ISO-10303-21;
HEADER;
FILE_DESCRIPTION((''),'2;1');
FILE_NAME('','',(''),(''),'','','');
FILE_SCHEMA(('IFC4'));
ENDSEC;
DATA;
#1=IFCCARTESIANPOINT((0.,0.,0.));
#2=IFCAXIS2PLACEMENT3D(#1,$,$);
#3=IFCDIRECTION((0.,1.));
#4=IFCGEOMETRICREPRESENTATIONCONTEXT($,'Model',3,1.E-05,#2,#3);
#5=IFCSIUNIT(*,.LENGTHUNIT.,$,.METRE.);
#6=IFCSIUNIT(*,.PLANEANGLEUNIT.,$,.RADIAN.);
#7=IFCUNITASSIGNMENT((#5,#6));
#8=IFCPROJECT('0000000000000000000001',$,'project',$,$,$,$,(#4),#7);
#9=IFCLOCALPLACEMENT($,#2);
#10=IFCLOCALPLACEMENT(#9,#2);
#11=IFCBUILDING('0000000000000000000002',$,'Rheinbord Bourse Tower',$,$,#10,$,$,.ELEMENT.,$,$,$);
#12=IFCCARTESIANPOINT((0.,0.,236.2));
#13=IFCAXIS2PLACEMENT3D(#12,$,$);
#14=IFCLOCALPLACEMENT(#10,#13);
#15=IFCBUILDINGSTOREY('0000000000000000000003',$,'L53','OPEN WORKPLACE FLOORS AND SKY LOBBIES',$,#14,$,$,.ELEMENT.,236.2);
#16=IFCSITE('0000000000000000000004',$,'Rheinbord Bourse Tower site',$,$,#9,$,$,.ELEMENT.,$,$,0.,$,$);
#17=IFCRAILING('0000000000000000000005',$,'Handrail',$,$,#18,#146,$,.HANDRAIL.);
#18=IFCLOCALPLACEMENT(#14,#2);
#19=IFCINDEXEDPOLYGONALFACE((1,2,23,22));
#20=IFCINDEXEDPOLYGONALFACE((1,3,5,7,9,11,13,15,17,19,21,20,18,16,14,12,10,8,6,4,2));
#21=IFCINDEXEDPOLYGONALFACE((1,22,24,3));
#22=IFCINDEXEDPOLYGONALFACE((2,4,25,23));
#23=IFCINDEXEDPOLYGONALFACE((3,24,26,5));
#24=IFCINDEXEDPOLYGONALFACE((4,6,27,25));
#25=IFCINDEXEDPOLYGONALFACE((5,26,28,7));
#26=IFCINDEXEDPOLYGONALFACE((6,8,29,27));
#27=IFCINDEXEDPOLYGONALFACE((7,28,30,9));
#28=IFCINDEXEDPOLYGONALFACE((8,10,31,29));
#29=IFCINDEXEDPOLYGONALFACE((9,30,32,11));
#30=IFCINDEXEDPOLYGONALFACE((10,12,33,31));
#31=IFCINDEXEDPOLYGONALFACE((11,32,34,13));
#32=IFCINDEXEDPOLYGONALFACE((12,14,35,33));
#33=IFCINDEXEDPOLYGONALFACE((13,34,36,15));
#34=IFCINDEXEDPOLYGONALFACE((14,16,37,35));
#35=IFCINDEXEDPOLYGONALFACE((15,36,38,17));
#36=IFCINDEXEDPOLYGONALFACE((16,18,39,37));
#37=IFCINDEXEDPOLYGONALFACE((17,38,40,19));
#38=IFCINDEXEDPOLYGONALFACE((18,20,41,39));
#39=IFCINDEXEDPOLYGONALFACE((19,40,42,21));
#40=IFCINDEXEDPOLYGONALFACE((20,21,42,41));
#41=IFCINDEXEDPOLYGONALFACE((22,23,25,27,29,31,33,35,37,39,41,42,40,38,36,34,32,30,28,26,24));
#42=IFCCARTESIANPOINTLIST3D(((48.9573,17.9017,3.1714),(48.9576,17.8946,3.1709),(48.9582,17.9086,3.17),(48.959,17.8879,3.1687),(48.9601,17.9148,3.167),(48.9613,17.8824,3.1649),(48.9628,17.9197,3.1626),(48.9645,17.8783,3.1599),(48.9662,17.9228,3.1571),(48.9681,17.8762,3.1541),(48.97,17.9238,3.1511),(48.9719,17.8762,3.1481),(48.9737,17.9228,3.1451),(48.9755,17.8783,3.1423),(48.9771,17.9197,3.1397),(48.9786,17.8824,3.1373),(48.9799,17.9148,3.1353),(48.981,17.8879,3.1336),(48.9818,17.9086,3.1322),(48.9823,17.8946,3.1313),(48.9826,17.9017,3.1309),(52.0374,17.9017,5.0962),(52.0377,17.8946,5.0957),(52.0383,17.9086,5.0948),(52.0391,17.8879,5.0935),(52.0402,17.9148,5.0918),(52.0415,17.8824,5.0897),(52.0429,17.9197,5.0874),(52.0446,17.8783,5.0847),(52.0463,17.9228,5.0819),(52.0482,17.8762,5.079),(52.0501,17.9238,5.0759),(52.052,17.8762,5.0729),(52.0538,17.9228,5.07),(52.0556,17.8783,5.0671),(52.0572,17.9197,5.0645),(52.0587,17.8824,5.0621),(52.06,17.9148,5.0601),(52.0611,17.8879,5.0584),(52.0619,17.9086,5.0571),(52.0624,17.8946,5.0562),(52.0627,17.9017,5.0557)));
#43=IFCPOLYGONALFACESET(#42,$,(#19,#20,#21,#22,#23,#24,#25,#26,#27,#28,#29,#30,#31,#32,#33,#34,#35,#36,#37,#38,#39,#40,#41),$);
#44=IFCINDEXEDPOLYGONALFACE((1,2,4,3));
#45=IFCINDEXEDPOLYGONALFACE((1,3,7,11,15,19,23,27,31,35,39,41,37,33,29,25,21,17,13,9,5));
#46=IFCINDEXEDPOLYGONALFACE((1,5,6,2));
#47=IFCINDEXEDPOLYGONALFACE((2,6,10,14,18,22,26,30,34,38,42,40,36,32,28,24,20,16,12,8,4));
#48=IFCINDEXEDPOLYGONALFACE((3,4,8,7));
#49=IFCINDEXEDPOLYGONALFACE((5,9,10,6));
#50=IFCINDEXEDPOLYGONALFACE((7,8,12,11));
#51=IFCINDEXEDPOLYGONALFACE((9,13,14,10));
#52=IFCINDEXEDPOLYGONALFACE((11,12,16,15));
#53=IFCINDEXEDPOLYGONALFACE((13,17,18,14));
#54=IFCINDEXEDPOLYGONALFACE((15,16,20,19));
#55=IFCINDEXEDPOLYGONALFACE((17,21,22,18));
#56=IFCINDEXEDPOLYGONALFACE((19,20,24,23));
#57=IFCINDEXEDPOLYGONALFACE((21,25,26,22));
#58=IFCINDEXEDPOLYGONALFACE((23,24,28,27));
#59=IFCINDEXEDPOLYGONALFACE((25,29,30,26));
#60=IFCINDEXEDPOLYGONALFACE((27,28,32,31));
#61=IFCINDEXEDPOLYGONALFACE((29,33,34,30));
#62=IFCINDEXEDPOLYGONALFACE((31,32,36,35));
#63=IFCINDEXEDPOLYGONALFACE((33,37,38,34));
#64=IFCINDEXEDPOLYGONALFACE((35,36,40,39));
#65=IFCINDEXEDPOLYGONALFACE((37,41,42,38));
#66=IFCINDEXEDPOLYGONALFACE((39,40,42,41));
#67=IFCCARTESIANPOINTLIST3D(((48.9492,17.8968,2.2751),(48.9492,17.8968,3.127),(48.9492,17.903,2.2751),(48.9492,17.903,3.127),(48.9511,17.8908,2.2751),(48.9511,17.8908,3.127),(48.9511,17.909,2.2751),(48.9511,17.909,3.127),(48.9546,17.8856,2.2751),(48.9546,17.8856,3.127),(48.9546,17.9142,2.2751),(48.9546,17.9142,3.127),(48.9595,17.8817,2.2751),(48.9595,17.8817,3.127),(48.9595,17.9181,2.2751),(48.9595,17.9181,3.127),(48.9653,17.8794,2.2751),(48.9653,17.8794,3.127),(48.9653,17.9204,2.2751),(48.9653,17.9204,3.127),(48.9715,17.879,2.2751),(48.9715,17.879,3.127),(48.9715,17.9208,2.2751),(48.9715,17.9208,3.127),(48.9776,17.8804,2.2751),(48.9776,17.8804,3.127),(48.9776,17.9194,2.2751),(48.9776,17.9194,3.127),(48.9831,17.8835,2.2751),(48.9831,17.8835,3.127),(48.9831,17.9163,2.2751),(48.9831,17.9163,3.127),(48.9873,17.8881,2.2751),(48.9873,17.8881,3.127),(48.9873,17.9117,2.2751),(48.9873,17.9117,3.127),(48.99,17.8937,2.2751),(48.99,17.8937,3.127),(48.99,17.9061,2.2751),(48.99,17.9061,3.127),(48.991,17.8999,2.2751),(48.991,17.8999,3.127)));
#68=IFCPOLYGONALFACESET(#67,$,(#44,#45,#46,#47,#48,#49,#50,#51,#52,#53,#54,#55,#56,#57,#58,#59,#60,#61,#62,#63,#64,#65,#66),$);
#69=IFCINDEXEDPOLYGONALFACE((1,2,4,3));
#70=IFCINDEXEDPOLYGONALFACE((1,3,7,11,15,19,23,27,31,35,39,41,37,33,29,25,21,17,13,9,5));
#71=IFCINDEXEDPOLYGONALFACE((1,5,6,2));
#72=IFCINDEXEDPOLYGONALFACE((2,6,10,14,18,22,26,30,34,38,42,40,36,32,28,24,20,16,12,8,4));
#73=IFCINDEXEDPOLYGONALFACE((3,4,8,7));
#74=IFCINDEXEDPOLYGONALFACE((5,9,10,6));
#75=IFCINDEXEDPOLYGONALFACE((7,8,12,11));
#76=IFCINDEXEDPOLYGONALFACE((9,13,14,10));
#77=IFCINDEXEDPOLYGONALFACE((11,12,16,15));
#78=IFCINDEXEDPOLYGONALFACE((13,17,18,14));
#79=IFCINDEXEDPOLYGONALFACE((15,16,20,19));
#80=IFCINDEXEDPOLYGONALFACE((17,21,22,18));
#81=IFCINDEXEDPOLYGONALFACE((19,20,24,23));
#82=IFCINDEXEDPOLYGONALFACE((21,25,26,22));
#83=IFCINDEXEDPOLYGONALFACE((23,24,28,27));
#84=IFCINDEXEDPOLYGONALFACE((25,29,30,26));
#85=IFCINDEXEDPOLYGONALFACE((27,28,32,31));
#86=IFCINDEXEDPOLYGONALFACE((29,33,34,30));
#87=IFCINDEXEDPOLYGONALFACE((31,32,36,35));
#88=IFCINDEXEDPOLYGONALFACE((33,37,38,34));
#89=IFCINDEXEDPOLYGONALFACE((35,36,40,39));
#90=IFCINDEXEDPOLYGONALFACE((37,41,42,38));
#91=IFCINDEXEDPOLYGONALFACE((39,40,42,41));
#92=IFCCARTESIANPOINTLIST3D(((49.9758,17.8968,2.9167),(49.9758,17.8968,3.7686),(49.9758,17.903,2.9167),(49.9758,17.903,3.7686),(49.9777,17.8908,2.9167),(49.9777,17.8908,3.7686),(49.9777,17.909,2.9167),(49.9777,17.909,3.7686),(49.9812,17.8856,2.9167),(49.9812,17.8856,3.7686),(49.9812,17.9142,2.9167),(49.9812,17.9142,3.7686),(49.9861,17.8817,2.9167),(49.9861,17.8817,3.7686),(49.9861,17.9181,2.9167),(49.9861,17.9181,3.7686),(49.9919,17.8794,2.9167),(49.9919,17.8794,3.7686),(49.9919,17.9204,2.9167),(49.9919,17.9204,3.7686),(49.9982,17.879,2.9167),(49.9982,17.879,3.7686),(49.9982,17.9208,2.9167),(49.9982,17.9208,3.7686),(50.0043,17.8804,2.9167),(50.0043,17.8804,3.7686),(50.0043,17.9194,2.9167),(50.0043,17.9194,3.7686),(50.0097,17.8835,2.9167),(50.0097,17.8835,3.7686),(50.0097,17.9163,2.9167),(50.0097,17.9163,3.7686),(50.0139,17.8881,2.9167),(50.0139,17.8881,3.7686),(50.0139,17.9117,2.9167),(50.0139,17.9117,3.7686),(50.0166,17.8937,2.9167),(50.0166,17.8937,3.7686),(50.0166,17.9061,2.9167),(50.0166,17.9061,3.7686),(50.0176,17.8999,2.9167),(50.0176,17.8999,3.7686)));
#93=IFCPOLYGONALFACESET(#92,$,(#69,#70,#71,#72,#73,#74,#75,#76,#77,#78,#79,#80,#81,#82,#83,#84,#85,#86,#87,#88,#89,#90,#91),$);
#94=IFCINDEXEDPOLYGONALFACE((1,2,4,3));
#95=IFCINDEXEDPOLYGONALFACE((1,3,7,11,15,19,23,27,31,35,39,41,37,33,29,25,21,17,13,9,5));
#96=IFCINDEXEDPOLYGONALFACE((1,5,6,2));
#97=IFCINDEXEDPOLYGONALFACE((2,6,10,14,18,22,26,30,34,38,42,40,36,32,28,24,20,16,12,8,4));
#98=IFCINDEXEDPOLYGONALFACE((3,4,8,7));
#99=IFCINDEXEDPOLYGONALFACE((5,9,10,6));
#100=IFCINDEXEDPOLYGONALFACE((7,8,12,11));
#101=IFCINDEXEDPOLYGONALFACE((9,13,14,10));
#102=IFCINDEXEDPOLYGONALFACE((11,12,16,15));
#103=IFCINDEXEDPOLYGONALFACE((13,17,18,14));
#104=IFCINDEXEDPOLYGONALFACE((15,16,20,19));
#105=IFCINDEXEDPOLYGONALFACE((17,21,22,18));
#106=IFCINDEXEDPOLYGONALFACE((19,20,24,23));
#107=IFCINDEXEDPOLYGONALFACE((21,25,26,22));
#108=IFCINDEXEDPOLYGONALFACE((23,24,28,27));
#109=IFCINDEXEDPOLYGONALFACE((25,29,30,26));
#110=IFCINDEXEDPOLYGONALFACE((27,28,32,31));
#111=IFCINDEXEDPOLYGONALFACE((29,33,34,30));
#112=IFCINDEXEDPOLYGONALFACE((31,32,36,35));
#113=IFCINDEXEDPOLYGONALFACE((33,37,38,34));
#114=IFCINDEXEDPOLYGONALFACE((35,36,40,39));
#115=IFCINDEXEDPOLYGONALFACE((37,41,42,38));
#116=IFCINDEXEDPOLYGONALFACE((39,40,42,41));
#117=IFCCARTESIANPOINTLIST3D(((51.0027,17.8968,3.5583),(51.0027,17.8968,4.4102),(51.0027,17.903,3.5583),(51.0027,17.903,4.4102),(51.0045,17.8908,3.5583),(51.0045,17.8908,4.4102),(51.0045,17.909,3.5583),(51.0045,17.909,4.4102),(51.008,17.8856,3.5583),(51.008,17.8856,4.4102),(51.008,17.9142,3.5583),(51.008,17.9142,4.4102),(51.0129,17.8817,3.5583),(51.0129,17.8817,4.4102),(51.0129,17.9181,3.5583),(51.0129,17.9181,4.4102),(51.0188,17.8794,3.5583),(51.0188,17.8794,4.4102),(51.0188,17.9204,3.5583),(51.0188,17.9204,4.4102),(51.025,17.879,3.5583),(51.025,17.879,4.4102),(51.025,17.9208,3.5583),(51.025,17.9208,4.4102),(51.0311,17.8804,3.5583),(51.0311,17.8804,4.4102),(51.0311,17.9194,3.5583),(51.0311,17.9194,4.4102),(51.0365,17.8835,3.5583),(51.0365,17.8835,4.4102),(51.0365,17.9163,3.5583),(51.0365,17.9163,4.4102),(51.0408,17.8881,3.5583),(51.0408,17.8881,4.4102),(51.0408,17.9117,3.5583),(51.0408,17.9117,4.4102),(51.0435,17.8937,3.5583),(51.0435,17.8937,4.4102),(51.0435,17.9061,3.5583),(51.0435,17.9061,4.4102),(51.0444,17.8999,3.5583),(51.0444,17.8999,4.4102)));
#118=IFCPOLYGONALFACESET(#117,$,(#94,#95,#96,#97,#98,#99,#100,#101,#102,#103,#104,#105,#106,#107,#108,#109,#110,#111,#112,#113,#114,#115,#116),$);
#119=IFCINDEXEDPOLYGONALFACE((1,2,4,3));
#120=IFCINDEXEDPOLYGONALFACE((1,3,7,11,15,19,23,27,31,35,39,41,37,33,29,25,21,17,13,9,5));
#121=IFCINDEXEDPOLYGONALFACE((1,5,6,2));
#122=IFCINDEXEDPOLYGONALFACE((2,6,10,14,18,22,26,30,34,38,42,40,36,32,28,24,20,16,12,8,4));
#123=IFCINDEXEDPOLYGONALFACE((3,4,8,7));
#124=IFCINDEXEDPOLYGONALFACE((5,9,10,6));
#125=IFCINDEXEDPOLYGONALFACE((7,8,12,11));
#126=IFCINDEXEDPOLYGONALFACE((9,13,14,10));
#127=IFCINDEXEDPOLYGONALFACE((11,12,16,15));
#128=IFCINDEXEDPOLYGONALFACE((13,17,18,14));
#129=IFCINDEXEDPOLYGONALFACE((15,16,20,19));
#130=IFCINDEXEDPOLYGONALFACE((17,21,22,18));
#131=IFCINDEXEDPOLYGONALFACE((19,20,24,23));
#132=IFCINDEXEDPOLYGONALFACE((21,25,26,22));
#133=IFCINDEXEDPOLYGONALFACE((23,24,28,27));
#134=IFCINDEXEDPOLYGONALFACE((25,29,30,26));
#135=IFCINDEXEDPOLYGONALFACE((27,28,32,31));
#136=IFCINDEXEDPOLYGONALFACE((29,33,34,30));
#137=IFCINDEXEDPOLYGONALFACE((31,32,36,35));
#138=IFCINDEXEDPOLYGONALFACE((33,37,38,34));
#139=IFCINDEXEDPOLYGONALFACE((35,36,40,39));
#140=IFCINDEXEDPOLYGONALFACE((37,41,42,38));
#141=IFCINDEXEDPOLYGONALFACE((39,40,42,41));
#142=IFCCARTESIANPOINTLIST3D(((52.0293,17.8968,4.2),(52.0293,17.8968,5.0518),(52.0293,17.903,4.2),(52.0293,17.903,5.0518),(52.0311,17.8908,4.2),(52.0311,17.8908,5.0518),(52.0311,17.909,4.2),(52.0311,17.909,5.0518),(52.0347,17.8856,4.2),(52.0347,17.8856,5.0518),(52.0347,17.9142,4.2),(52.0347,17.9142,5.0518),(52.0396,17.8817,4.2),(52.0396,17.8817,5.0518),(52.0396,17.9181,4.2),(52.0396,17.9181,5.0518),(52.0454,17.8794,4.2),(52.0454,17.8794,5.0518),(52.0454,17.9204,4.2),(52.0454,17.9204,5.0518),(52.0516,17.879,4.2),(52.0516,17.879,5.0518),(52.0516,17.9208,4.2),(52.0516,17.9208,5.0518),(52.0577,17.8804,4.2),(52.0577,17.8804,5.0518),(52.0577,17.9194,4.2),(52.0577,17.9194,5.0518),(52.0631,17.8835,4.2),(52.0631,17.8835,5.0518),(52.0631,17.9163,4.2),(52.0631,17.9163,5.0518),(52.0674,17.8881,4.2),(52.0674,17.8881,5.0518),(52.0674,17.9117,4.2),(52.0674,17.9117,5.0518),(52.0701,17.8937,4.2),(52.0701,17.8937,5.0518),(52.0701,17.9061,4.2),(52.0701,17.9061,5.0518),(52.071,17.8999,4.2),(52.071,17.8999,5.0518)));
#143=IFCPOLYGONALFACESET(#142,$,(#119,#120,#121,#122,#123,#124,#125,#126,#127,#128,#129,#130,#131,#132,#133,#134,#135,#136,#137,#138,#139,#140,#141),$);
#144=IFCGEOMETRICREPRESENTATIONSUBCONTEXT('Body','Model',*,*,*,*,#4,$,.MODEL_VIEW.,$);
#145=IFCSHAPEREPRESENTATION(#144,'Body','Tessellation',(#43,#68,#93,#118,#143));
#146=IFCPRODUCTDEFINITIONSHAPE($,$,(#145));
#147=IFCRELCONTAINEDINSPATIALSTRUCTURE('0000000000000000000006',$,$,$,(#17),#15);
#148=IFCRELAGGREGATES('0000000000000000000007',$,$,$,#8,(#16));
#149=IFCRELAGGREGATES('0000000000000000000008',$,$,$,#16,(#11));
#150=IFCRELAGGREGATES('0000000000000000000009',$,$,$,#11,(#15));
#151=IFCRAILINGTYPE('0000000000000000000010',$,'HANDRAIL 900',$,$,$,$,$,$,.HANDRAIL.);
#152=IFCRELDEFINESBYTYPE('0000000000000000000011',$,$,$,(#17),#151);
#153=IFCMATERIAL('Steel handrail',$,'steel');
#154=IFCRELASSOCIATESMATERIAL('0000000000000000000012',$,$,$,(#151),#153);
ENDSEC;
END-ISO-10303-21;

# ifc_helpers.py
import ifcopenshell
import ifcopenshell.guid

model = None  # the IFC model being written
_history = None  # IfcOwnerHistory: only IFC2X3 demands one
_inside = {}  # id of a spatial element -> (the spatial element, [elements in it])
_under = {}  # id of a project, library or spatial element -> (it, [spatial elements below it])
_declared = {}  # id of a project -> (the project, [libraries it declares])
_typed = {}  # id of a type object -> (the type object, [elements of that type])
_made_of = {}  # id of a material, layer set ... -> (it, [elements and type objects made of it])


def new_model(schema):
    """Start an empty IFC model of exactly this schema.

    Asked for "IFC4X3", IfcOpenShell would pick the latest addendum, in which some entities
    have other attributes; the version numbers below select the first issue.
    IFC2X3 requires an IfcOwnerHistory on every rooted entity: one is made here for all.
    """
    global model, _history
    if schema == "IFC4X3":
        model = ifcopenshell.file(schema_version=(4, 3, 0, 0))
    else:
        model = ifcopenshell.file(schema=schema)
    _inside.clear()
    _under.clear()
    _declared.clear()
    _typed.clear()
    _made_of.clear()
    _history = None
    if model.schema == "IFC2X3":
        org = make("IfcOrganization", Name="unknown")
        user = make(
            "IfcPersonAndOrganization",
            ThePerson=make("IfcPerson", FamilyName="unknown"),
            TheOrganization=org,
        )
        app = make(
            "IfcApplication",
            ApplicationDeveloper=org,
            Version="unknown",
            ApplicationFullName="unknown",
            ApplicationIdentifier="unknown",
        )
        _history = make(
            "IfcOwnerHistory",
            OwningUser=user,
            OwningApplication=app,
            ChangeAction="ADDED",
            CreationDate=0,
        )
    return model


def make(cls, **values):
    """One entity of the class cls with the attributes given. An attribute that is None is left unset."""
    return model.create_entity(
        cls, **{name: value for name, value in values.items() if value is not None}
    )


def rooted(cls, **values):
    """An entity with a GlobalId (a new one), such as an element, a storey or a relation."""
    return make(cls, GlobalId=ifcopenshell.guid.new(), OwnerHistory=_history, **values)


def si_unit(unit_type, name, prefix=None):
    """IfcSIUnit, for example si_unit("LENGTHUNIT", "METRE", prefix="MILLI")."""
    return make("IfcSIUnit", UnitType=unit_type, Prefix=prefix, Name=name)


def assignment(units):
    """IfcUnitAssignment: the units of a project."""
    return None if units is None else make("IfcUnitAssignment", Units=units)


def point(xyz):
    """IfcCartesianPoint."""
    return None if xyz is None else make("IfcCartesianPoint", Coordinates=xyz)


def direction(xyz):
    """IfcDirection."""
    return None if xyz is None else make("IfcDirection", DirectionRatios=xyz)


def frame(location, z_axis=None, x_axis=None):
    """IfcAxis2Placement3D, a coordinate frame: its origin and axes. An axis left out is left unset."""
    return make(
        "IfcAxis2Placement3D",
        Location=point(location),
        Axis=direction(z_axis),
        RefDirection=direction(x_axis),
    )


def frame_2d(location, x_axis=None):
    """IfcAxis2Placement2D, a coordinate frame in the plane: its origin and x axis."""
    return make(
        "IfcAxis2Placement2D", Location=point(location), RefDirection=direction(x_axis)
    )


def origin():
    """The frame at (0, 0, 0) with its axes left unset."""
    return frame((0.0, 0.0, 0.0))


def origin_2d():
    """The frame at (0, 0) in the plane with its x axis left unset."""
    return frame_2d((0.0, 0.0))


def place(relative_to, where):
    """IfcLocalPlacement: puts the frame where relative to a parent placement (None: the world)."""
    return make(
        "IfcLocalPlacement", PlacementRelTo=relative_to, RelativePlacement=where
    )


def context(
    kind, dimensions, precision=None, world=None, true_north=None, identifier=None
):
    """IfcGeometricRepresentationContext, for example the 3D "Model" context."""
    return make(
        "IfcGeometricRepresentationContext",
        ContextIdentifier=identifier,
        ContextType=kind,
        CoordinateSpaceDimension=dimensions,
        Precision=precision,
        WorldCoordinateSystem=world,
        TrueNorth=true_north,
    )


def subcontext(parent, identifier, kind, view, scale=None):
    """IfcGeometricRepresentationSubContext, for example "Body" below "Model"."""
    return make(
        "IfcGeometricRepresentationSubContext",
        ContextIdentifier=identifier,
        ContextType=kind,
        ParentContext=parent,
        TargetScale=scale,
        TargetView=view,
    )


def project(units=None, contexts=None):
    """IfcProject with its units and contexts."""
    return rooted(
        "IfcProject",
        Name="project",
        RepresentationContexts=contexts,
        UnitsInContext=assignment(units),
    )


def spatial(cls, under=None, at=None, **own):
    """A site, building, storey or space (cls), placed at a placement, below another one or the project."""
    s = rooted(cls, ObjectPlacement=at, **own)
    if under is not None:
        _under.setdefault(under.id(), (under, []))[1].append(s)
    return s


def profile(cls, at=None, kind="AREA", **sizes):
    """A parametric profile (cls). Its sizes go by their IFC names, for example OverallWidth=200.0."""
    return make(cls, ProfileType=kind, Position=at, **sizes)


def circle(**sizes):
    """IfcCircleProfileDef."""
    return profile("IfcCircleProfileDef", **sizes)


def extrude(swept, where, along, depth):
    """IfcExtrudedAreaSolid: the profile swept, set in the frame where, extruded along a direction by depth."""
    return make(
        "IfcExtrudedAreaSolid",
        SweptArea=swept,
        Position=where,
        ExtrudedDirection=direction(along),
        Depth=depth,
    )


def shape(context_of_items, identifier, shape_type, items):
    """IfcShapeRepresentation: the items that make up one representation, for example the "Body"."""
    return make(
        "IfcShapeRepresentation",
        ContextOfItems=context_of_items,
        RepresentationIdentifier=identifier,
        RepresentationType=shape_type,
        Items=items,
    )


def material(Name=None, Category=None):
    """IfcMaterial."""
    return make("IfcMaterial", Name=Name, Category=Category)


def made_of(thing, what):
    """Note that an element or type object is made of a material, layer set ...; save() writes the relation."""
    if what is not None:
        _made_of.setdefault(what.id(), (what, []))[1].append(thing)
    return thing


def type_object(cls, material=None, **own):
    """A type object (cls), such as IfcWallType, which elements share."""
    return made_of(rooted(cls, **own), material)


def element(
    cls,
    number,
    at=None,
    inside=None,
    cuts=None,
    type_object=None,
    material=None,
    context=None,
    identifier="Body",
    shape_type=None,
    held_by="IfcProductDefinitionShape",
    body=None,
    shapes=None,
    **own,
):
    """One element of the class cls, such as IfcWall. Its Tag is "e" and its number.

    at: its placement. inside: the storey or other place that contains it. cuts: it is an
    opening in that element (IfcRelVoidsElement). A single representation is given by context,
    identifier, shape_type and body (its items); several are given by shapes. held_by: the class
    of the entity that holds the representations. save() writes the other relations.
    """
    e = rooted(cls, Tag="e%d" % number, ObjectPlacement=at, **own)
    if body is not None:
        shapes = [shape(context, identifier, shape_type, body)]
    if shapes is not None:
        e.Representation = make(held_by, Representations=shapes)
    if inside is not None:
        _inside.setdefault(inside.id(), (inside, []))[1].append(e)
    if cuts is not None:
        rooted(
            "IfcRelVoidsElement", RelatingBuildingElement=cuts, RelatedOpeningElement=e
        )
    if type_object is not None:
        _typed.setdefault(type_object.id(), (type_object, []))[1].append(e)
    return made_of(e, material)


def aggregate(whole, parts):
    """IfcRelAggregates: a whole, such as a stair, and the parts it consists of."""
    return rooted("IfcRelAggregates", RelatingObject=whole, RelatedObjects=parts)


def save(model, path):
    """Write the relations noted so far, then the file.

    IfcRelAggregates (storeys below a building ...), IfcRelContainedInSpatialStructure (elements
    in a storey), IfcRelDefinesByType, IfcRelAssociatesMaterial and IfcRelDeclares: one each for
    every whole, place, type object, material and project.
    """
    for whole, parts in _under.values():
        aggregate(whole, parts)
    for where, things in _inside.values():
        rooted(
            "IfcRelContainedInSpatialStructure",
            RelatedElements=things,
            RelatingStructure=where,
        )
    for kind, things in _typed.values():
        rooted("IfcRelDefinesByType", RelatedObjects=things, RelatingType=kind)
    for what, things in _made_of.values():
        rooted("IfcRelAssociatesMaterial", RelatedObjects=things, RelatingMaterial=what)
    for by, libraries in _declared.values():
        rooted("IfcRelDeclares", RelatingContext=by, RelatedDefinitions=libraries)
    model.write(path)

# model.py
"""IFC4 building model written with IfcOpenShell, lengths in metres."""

from ifc_helpers import new_model, si_unit, direction, frame, origin, origin_2d, place, context, subcontext, project, spatial, circle, extrude, material, type_object, element, save


model = new_model("IFC4")

# Units and contexts
model_context = context("Model", 3, precision=1e-05, world=origin(), true_north=direction((0.0, 1.0)))
body_context = subcontext(model_context, "Body", "Model", "MODEL_VIEW")
ifc_project = project(units=[si_unit("LENGTHUNIT", "METRE"), si_unit("PLANEANGLEUNIT", "RADIAN")], contexts=[model_context])

# Site, building, storey
site_placement = place(None, origin())
site = spatial("IfcSite", under=ifc_project, at=site_placement, Name="Rheinbord Bourse Tower site", CompositionType="ELEMENT", RefElevation=0.0)
building_placement = place(site_placement, origin())
building = spatial("IfcBuilding", under=site, at=building_placement, Name="Rheinbord Bourse Tower", CompositionType="ELEMENT")
storey_placement = place(building_placement, frame((0.0, 0.0, 236.2)))
storey = spatial("IfcBuildingStorey", under=building, at=storey_placement, Name="L53", Description="OPEN WORKPLACE FLOORS AND SKY LOBBIES", CompositionType="ELEMENT", Elevation=236.2)

# Railing
ifc_material_1 = material(Name="Steel handrail", Category="steel")
railing_type = type_object("IfcRailingType", Name="HANDRAIL 900", PredefinedType="HANDRAIL", material=ifc_material_1)
railing_1_placement = place(storey_placement, frame((48.97, 17.8999, 2.2751)))
element("IfcRailing", 1, at=railing_1_placement, inside=storey, type_object=railing_type, Name="Handrail", PredefinedType="HANDRAIL", context=body_context, shape_type="SweptSolid", body=[
    extrude(circle(Radius=0.0239, at=origin_2d()), frame((0.0, 0.0, 0.876), z_axis=(0.848029, 0.0, 0.529951), x_axis=(0.0, 1.0, 0.0)), (0.0, 0.0, 1.0), 3.6321),
    extrude(circle(Radius=0.021, at=origin_2d()), origin(), (0.0, 0.0, 1.0), 0.8518),
    extrude(circle(Radius=0.021, at=origin_2d()), frame((1.0266, 0.0, 0.6416)), (0.0, 0.0, 1.0), 0.8518),
    extrude(circle(Radius=0.021, at=origin_2d()), frame((2.0535, 0.0, 1.2832)), (0.0, 0.0, 1.0), 0.8518),
    extrude(circle(Radius=0.021, at=origin_2d()), frame((3.0801, 0.0, 1.9248)), (0.0, 0.0, 1.0), 0.8518),
])

save(model, "model.ifc")
